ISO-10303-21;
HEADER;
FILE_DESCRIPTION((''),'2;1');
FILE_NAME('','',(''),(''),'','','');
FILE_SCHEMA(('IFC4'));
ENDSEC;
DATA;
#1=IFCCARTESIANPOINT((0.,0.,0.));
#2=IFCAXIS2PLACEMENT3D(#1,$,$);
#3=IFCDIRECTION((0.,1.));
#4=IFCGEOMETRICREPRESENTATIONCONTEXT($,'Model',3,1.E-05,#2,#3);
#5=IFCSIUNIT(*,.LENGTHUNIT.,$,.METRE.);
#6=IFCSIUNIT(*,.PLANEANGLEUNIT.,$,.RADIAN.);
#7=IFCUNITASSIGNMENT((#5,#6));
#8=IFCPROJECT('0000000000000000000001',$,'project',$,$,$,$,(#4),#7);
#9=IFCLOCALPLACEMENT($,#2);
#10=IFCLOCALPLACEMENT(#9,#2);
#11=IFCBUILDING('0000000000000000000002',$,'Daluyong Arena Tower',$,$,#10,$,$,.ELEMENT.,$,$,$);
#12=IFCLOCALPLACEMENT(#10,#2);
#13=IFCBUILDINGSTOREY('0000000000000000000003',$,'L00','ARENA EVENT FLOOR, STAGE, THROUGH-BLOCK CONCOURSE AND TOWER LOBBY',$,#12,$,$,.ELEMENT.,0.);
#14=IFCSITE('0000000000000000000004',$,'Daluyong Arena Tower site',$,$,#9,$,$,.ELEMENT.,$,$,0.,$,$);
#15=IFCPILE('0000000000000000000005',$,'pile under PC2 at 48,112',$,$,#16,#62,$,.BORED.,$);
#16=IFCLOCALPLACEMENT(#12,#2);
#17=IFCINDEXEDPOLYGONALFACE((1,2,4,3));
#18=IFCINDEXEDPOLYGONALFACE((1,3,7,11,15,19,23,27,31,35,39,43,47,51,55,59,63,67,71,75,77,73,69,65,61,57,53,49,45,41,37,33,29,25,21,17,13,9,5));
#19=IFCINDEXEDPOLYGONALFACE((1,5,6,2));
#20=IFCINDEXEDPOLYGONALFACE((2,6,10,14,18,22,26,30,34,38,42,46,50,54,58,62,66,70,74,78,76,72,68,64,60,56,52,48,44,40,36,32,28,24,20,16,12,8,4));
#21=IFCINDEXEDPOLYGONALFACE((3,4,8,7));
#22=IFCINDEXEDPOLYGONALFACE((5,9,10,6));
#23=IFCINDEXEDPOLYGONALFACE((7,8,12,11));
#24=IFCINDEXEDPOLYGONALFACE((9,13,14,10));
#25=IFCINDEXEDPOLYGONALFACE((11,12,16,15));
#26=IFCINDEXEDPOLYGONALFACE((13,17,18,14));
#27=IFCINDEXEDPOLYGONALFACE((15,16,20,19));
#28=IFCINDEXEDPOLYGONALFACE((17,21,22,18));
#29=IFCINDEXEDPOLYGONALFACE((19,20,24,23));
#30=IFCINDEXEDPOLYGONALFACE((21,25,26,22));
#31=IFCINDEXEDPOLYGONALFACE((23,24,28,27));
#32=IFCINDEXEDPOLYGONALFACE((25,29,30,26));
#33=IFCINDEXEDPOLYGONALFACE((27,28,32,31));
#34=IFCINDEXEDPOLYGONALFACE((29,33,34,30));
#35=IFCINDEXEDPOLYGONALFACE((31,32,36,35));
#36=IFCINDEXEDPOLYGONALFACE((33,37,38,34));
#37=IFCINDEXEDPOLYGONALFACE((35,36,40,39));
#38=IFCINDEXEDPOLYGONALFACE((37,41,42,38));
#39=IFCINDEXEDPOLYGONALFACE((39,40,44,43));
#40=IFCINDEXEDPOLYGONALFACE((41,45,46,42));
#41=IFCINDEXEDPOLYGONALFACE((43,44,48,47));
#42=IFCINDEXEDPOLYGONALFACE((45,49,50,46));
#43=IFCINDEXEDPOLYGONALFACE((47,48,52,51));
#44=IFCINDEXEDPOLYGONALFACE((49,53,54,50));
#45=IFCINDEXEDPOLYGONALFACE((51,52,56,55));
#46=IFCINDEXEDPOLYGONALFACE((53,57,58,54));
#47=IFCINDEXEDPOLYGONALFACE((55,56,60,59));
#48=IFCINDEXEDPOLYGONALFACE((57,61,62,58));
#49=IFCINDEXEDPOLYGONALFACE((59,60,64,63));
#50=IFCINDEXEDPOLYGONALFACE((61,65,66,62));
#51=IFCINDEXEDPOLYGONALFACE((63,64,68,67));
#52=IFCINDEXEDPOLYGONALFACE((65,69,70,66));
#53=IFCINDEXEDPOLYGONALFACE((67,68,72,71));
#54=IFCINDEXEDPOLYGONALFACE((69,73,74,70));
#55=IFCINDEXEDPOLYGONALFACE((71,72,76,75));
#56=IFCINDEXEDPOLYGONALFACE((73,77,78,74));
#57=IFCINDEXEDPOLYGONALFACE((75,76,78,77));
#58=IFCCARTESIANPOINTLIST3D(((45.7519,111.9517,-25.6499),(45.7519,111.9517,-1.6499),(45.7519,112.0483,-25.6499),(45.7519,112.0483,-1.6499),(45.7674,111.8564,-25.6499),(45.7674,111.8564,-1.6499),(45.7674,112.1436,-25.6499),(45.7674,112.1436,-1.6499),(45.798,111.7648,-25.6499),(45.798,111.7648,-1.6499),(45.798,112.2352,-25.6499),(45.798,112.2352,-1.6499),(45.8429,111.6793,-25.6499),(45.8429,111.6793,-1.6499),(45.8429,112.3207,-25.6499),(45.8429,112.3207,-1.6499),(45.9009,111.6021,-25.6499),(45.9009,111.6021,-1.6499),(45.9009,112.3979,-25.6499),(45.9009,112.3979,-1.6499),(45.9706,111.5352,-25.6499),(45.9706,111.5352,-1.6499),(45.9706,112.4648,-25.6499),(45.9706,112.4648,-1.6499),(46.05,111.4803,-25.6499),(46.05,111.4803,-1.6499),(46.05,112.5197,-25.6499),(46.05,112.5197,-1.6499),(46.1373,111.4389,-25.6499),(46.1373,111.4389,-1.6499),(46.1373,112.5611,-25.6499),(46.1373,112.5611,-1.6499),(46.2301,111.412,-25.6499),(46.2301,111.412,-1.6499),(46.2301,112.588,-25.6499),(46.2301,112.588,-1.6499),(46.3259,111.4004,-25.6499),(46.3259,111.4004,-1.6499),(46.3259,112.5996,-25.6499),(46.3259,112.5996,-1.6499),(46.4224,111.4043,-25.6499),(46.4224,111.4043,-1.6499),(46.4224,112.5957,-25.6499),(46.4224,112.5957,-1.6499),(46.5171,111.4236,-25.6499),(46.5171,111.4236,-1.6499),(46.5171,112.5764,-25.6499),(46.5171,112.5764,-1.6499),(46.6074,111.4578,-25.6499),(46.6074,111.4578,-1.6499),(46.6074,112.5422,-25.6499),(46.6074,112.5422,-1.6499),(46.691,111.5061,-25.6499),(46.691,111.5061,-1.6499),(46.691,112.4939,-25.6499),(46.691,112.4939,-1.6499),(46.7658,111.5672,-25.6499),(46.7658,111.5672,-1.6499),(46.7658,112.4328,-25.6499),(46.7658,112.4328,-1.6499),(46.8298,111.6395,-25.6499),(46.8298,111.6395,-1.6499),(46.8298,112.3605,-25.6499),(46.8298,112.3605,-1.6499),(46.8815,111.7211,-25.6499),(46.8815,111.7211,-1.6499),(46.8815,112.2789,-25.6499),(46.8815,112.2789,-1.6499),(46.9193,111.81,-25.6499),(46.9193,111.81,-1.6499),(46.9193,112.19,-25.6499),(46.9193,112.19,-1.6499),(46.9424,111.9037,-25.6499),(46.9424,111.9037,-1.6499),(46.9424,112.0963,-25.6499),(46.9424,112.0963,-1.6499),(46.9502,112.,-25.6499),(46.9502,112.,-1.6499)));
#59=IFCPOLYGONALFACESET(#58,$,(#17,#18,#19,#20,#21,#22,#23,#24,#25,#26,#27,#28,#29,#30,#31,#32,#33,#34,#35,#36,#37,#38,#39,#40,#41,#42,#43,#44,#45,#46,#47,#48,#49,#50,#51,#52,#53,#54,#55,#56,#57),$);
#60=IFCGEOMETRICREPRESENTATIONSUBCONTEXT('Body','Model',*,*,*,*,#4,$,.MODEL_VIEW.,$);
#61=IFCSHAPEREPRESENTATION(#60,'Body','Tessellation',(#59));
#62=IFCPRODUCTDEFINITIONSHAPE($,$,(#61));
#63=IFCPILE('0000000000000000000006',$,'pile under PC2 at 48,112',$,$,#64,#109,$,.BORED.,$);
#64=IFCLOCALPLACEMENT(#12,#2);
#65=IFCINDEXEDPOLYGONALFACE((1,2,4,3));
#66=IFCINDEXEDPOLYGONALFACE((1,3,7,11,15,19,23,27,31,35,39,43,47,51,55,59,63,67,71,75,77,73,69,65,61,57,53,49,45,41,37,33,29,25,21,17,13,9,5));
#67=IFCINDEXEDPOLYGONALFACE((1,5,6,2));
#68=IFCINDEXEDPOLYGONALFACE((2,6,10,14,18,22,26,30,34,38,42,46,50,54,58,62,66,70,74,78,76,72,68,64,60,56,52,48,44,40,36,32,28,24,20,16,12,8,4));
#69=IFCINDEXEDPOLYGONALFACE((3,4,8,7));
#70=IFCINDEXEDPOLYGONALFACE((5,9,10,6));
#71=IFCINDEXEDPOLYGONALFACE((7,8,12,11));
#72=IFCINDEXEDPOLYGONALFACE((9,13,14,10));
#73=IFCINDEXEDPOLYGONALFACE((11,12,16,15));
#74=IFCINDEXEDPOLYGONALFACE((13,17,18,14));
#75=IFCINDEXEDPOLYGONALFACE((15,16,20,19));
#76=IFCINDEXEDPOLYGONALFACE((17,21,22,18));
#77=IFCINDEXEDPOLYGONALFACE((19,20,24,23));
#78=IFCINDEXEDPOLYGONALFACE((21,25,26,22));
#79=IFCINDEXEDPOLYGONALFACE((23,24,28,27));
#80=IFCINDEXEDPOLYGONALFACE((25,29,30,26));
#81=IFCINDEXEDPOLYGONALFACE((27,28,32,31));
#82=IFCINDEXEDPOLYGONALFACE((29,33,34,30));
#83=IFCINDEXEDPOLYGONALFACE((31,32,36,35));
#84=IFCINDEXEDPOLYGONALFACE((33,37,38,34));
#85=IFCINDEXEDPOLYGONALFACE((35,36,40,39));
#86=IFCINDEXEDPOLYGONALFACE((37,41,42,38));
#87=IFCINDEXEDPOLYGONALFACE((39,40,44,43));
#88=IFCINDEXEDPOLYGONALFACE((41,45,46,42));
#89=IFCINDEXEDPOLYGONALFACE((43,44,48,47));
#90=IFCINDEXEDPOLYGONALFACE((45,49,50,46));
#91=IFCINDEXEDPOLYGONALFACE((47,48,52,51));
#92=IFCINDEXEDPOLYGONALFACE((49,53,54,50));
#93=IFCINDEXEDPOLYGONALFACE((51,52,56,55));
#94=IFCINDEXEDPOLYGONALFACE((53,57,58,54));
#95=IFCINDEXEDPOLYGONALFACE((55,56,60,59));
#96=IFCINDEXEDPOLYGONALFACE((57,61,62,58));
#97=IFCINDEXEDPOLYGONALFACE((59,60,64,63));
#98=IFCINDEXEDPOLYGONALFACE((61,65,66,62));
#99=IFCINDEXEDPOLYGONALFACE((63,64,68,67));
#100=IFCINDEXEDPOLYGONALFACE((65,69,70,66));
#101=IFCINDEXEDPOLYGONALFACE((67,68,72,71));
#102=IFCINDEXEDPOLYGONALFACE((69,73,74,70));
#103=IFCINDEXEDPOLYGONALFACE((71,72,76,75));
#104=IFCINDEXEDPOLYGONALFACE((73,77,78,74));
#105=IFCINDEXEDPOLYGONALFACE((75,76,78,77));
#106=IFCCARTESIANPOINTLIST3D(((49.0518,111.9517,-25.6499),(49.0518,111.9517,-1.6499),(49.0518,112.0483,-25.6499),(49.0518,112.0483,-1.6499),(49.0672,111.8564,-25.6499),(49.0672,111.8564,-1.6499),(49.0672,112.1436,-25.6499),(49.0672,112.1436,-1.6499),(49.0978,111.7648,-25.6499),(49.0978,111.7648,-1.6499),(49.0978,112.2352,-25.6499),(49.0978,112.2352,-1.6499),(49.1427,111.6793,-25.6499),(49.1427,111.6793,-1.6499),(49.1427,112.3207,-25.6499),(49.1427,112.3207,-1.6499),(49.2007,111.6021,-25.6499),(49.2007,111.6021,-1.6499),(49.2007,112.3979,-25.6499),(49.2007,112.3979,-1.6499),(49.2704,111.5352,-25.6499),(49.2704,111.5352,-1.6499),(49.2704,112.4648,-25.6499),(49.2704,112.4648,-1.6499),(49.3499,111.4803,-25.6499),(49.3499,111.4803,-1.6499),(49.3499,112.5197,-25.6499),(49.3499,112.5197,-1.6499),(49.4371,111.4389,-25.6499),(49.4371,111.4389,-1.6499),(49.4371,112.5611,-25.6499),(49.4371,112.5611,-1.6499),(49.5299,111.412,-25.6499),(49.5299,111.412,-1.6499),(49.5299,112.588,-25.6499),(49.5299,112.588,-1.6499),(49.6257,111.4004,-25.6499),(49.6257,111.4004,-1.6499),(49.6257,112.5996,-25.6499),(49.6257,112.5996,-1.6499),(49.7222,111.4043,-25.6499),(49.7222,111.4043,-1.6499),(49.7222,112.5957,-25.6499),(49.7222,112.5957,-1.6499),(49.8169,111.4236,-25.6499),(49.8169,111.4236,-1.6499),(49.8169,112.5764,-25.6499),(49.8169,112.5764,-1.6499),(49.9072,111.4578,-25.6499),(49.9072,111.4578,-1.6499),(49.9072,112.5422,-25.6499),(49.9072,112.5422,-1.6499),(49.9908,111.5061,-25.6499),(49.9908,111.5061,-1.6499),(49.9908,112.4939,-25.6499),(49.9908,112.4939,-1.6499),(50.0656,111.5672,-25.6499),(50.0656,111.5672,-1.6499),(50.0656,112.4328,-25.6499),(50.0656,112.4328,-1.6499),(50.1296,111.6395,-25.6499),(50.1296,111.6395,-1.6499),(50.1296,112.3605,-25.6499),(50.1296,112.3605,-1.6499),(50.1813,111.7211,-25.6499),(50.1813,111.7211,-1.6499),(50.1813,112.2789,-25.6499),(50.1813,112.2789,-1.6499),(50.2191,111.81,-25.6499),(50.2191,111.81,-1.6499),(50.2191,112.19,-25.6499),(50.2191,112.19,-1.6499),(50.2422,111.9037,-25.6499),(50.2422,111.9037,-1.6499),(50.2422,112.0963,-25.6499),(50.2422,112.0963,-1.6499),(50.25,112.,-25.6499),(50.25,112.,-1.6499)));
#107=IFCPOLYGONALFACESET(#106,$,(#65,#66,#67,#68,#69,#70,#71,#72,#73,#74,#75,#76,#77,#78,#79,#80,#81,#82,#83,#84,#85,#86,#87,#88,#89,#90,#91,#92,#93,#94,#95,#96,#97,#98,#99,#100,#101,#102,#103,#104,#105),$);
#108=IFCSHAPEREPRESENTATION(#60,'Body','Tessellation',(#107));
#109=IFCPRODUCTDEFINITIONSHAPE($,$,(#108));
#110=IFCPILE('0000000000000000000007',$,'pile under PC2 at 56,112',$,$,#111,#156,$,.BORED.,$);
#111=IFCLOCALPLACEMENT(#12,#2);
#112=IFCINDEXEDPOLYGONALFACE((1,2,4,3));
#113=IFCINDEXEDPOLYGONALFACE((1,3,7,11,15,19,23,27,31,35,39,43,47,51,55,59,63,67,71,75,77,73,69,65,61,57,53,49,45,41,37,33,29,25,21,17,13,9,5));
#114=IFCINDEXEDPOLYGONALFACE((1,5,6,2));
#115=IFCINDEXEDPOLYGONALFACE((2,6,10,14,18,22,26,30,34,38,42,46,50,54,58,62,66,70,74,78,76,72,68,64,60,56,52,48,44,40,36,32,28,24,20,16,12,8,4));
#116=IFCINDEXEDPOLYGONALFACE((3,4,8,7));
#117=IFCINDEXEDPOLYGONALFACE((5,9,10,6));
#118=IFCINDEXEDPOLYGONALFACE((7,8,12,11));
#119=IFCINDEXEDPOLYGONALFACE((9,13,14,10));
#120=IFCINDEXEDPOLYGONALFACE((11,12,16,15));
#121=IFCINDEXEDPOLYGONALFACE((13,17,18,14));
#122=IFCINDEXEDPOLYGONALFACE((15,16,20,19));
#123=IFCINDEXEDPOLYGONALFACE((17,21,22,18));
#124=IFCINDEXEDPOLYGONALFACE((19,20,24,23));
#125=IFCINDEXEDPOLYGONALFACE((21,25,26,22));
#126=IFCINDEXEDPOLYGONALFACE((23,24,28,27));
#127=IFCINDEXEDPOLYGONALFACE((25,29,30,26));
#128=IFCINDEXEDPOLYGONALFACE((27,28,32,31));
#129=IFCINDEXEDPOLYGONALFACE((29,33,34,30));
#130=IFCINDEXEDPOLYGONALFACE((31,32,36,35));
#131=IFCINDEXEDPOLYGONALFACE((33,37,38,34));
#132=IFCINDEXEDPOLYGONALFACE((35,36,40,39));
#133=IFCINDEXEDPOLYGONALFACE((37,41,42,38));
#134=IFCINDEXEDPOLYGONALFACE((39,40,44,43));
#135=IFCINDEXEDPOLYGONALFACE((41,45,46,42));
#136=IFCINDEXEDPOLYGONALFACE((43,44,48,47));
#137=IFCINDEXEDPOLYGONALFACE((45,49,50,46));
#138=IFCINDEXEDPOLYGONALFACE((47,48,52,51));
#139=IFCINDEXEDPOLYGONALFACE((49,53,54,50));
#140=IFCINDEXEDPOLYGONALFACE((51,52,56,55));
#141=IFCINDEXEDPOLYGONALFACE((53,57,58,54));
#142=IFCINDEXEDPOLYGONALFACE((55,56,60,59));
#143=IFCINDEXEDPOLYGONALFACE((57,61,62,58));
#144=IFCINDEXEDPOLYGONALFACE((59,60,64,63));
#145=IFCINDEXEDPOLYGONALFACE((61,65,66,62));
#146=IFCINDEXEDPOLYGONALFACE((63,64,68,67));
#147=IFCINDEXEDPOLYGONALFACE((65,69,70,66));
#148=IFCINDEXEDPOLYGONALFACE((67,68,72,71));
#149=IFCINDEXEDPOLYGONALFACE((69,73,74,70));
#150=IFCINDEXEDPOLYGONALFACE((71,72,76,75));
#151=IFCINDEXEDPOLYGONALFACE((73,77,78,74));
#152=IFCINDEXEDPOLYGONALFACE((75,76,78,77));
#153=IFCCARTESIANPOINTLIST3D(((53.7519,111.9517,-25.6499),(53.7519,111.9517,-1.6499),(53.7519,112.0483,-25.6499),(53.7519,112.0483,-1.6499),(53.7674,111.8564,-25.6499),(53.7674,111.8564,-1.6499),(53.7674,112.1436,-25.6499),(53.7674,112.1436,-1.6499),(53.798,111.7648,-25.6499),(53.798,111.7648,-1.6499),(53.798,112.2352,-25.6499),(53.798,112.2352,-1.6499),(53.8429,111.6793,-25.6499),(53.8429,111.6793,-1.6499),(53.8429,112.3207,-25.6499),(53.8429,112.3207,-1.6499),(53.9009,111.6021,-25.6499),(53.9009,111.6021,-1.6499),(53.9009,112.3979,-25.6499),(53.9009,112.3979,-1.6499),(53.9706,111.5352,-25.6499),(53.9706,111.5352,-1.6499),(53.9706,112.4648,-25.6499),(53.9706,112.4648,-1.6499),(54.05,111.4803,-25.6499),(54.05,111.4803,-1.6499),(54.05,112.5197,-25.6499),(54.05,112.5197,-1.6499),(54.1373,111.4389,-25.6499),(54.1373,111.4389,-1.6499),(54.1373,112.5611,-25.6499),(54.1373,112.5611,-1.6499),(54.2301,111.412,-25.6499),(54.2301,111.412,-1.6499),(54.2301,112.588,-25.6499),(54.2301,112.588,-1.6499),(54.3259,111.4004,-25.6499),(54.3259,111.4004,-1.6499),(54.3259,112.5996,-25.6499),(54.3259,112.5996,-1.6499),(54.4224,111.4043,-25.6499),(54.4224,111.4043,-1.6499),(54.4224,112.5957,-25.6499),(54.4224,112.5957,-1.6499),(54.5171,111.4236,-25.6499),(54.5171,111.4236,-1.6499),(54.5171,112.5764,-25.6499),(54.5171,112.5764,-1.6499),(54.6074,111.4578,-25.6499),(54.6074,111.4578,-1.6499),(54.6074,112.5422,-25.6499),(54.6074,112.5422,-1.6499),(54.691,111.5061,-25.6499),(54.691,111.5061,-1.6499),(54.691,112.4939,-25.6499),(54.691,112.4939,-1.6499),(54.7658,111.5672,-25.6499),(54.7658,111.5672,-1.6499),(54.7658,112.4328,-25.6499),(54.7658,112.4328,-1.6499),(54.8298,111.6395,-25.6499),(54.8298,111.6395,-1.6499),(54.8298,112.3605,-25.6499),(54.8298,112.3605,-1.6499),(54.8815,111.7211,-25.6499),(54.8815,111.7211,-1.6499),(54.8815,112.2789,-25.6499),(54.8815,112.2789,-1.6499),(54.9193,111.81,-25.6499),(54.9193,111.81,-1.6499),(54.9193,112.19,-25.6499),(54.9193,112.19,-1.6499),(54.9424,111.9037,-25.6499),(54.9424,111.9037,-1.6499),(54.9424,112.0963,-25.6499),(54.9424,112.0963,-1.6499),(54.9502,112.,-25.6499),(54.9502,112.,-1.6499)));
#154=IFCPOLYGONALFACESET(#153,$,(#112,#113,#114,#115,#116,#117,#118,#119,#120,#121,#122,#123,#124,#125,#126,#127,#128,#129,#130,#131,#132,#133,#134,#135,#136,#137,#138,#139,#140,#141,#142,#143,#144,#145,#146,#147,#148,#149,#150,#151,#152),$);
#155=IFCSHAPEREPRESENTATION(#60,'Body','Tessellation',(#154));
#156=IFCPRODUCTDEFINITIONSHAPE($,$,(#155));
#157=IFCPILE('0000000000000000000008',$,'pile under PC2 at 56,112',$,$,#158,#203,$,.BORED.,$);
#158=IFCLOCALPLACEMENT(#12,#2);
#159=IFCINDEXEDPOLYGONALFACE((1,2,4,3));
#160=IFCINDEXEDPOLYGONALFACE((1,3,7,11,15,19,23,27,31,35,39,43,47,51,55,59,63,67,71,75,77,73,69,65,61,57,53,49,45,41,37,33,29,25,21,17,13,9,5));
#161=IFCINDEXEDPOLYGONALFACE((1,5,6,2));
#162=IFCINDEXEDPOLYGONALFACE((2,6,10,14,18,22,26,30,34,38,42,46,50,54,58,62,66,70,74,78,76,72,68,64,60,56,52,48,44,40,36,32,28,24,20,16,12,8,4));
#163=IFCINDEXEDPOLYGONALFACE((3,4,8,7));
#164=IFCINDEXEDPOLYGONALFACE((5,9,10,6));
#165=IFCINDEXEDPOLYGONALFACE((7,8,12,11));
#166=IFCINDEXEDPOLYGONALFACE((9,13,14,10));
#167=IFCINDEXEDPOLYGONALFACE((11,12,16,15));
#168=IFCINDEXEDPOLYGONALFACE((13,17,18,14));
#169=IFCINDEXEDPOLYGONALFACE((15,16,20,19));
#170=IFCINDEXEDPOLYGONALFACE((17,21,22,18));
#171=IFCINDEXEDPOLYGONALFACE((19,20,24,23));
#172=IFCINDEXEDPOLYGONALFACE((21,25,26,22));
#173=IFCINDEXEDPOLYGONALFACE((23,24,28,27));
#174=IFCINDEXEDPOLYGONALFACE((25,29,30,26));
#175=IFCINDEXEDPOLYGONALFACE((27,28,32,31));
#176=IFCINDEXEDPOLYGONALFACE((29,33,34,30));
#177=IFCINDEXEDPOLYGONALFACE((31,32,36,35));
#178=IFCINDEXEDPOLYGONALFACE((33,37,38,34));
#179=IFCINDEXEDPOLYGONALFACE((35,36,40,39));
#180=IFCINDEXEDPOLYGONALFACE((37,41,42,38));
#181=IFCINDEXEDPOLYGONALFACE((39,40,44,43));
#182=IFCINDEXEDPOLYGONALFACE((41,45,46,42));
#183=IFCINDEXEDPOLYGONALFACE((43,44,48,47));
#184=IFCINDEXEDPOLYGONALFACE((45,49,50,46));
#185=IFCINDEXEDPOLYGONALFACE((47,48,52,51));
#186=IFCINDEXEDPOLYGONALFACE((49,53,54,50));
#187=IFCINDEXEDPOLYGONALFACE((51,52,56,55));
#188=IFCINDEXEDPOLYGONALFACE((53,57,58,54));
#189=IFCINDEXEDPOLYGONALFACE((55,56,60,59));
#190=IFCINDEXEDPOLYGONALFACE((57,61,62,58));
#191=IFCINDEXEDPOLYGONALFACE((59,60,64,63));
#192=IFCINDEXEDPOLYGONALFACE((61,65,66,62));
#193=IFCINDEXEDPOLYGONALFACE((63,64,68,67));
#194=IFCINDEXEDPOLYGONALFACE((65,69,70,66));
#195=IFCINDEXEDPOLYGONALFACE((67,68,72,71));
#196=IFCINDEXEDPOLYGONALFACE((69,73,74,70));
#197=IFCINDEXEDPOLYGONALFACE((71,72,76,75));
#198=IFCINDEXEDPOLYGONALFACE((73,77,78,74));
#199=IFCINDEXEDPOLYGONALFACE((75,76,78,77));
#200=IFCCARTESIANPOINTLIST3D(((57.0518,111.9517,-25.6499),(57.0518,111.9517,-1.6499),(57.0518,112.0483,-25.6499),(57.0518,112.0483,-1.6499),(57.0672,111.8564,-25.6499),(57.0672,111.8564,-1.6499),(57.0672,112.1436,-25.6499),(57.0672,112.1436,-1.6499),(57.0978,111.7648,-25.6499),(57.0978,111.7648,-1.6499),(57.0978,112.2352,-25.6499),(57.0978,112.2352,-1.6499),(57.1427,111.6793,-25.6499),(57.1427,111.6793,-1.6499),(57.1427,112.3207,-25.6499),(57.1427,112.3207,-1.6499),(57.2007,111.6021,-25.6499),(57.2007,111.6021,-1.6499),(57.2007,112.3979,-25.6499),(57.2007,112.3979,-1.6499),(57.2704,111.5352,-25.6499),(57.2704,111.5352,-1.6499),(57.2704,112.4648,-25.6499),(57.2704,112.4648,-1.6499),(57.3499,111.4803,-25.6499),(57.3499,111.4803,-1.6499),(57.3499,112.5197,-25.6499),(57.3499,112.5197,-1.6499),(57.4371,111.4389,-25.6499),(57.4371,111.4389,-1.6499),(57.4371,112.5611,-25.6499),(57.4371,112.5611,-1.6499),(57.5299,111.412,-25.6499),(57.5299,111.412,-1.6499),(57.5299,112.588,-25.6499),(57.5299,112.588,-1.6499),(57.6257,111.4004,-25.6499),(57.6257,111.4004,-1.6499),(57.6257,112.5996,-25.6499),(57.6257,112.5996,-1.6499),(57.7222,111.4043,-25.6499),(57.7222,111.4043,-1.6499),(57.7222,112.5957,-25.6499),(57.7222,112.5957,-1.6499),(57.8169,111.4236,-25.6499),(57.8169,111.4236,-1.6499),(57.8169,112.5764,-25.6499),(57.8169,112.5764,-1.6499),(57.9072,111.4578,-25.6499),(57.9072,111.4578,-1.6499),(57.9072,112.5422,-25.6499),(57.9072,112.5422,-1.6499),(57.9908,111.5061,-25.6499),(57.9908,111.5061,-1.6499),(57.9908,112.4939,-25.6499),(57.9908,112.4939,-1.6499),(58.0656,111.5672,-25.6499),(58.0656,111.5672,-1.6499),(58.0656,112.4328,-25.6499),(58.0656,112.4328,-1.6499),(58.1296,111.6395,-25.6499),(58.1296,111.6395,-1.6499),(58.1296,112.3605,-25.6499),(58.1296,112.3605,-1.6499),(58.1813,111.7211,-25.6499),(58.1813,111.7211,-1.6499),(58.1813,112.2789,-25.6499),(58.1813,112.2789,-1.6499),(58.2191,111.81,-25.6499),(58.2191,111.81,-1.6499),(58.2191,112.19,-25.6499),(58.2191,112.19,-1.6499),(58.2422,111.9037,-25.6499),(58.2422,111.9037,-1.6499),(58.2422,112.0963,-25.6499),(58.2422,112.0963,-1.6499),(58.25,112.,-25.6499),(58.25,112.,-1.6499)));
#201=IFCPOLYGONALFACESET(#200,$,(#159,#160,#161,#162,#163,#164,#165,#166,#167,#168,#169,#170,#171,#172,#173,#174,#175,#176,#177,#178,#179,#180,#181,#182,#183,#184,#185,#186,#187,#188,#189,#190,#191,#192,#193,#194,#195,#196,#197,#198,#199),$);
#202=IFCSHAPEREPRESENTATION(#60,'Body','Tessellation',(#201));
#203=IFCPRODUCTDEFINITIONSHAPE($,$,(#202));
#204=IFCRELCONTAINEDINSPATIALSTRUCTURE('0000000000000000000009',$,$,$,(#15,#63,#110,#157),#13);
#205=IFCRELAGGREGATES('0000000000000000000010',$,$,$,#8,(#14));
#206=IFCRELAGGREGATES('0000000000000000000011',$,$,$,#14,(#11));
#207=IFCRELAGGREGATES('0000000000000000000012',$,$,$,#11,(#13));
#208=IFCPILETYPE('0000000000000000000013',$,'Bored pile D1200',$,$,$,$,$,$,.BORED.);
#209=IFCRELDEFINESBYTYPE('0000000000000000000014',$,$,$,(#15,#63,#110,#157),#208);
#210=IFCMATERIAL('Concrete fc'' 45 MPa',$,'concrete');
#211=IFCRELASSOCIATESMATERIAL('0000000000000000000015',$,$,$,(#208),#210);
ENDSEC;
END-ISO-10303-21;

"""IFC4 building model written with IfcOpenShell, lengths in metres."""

from ifc_helpers import new_model, si_unit, direction, frame, origin, origin_2d, place, context, subcontext, project, spatial, circle, extrude, material, type_object, element, save


model = new_model("IFC4")

# Units and contexts
model_context = context("Model", 3, precision=1e-05, world=origin(), true_north=direction((0.0, 1.0)))
body_context = subcontext(model_context, "Body", "Model", "MODEL_VIEW")
ifc_project = project(units=[si_unit("LENGTHUNIT", "METRE"), si_unit("PLANEANGLEUNIT", "RADIAN")], contexts=[model_context])

# Site, building, storey
site_placement = place(None, origin())
site = spatial("IfcSite", under=ifc_project, at=site_placement, Name="Daluyong Arena Tower site", CompositionType="ELEMENT", RefElevation=0.0)
building_placement = place(site_placement, origin())
building = spatial("IfcBuilding", under=site, at=building_placement, Name="Daluyong Arena Tower", CompositionType="ELEMENT")
storey_placement = place(building_placement, origin())
storey = spatial("IfcBuildingStorey", under=building, at=storey_placement, Name="L00", Description="ARENA EVENT FLOOR, STAGE, THROUGH-BLOCK CONCOURSE AND TOWER LOBBY", CompositionType="ELEMENT", Elevation=0.0)

# Piles
ifc_material_1 = material(Name="Concrete fc' 45 MPa", Category="concrete")
pile_type_1 = type_object("IfcPileType", Name="Bored pile D1200", PredefinedType="BORED", material=ifc_material_1)
for number, where, z_axis, x_axis, name in (
    (1, (46.3501, 112.0, -1.6499), (0.0, 0.0, -1.0), (1.0, 0.0, 0.0), "pile under PC2 at 48,112"),
    (2, (49.6499, 112.0, -1.6499), (0.0, 0.0, -1.0), (1.0, 0.0, 0.0), "pile under PC2 at 48,112"),
    (3, (54.3501, 112.0, -1.6499), (0.0, 0.0, -1.0), (1.0, 0.0, 0.0), "pile under PC2 at 56,112"),
    (4, (57.6499, 112.0, -1.6499), (0.0, 0.0, -1.0), (1.0, 0.0, 0.0), "pile under PC2 at 56,112"),
):
    element("IfcPile", number, at=place(storey_placement, frame(where, z_axis=z_axis, x_axis=x_axis)), inside=storey, type_object=pile_type_1, Name=name, PredefinedType="BORED", context=body_context, shape_type="SweptSolid", body=[
        extrude(circle(Radius=0.6001, at=origin_2d()), origin(), (0.0, 0.0, 1.0), 24.0),
    ])

save(model, "model.ifc")
